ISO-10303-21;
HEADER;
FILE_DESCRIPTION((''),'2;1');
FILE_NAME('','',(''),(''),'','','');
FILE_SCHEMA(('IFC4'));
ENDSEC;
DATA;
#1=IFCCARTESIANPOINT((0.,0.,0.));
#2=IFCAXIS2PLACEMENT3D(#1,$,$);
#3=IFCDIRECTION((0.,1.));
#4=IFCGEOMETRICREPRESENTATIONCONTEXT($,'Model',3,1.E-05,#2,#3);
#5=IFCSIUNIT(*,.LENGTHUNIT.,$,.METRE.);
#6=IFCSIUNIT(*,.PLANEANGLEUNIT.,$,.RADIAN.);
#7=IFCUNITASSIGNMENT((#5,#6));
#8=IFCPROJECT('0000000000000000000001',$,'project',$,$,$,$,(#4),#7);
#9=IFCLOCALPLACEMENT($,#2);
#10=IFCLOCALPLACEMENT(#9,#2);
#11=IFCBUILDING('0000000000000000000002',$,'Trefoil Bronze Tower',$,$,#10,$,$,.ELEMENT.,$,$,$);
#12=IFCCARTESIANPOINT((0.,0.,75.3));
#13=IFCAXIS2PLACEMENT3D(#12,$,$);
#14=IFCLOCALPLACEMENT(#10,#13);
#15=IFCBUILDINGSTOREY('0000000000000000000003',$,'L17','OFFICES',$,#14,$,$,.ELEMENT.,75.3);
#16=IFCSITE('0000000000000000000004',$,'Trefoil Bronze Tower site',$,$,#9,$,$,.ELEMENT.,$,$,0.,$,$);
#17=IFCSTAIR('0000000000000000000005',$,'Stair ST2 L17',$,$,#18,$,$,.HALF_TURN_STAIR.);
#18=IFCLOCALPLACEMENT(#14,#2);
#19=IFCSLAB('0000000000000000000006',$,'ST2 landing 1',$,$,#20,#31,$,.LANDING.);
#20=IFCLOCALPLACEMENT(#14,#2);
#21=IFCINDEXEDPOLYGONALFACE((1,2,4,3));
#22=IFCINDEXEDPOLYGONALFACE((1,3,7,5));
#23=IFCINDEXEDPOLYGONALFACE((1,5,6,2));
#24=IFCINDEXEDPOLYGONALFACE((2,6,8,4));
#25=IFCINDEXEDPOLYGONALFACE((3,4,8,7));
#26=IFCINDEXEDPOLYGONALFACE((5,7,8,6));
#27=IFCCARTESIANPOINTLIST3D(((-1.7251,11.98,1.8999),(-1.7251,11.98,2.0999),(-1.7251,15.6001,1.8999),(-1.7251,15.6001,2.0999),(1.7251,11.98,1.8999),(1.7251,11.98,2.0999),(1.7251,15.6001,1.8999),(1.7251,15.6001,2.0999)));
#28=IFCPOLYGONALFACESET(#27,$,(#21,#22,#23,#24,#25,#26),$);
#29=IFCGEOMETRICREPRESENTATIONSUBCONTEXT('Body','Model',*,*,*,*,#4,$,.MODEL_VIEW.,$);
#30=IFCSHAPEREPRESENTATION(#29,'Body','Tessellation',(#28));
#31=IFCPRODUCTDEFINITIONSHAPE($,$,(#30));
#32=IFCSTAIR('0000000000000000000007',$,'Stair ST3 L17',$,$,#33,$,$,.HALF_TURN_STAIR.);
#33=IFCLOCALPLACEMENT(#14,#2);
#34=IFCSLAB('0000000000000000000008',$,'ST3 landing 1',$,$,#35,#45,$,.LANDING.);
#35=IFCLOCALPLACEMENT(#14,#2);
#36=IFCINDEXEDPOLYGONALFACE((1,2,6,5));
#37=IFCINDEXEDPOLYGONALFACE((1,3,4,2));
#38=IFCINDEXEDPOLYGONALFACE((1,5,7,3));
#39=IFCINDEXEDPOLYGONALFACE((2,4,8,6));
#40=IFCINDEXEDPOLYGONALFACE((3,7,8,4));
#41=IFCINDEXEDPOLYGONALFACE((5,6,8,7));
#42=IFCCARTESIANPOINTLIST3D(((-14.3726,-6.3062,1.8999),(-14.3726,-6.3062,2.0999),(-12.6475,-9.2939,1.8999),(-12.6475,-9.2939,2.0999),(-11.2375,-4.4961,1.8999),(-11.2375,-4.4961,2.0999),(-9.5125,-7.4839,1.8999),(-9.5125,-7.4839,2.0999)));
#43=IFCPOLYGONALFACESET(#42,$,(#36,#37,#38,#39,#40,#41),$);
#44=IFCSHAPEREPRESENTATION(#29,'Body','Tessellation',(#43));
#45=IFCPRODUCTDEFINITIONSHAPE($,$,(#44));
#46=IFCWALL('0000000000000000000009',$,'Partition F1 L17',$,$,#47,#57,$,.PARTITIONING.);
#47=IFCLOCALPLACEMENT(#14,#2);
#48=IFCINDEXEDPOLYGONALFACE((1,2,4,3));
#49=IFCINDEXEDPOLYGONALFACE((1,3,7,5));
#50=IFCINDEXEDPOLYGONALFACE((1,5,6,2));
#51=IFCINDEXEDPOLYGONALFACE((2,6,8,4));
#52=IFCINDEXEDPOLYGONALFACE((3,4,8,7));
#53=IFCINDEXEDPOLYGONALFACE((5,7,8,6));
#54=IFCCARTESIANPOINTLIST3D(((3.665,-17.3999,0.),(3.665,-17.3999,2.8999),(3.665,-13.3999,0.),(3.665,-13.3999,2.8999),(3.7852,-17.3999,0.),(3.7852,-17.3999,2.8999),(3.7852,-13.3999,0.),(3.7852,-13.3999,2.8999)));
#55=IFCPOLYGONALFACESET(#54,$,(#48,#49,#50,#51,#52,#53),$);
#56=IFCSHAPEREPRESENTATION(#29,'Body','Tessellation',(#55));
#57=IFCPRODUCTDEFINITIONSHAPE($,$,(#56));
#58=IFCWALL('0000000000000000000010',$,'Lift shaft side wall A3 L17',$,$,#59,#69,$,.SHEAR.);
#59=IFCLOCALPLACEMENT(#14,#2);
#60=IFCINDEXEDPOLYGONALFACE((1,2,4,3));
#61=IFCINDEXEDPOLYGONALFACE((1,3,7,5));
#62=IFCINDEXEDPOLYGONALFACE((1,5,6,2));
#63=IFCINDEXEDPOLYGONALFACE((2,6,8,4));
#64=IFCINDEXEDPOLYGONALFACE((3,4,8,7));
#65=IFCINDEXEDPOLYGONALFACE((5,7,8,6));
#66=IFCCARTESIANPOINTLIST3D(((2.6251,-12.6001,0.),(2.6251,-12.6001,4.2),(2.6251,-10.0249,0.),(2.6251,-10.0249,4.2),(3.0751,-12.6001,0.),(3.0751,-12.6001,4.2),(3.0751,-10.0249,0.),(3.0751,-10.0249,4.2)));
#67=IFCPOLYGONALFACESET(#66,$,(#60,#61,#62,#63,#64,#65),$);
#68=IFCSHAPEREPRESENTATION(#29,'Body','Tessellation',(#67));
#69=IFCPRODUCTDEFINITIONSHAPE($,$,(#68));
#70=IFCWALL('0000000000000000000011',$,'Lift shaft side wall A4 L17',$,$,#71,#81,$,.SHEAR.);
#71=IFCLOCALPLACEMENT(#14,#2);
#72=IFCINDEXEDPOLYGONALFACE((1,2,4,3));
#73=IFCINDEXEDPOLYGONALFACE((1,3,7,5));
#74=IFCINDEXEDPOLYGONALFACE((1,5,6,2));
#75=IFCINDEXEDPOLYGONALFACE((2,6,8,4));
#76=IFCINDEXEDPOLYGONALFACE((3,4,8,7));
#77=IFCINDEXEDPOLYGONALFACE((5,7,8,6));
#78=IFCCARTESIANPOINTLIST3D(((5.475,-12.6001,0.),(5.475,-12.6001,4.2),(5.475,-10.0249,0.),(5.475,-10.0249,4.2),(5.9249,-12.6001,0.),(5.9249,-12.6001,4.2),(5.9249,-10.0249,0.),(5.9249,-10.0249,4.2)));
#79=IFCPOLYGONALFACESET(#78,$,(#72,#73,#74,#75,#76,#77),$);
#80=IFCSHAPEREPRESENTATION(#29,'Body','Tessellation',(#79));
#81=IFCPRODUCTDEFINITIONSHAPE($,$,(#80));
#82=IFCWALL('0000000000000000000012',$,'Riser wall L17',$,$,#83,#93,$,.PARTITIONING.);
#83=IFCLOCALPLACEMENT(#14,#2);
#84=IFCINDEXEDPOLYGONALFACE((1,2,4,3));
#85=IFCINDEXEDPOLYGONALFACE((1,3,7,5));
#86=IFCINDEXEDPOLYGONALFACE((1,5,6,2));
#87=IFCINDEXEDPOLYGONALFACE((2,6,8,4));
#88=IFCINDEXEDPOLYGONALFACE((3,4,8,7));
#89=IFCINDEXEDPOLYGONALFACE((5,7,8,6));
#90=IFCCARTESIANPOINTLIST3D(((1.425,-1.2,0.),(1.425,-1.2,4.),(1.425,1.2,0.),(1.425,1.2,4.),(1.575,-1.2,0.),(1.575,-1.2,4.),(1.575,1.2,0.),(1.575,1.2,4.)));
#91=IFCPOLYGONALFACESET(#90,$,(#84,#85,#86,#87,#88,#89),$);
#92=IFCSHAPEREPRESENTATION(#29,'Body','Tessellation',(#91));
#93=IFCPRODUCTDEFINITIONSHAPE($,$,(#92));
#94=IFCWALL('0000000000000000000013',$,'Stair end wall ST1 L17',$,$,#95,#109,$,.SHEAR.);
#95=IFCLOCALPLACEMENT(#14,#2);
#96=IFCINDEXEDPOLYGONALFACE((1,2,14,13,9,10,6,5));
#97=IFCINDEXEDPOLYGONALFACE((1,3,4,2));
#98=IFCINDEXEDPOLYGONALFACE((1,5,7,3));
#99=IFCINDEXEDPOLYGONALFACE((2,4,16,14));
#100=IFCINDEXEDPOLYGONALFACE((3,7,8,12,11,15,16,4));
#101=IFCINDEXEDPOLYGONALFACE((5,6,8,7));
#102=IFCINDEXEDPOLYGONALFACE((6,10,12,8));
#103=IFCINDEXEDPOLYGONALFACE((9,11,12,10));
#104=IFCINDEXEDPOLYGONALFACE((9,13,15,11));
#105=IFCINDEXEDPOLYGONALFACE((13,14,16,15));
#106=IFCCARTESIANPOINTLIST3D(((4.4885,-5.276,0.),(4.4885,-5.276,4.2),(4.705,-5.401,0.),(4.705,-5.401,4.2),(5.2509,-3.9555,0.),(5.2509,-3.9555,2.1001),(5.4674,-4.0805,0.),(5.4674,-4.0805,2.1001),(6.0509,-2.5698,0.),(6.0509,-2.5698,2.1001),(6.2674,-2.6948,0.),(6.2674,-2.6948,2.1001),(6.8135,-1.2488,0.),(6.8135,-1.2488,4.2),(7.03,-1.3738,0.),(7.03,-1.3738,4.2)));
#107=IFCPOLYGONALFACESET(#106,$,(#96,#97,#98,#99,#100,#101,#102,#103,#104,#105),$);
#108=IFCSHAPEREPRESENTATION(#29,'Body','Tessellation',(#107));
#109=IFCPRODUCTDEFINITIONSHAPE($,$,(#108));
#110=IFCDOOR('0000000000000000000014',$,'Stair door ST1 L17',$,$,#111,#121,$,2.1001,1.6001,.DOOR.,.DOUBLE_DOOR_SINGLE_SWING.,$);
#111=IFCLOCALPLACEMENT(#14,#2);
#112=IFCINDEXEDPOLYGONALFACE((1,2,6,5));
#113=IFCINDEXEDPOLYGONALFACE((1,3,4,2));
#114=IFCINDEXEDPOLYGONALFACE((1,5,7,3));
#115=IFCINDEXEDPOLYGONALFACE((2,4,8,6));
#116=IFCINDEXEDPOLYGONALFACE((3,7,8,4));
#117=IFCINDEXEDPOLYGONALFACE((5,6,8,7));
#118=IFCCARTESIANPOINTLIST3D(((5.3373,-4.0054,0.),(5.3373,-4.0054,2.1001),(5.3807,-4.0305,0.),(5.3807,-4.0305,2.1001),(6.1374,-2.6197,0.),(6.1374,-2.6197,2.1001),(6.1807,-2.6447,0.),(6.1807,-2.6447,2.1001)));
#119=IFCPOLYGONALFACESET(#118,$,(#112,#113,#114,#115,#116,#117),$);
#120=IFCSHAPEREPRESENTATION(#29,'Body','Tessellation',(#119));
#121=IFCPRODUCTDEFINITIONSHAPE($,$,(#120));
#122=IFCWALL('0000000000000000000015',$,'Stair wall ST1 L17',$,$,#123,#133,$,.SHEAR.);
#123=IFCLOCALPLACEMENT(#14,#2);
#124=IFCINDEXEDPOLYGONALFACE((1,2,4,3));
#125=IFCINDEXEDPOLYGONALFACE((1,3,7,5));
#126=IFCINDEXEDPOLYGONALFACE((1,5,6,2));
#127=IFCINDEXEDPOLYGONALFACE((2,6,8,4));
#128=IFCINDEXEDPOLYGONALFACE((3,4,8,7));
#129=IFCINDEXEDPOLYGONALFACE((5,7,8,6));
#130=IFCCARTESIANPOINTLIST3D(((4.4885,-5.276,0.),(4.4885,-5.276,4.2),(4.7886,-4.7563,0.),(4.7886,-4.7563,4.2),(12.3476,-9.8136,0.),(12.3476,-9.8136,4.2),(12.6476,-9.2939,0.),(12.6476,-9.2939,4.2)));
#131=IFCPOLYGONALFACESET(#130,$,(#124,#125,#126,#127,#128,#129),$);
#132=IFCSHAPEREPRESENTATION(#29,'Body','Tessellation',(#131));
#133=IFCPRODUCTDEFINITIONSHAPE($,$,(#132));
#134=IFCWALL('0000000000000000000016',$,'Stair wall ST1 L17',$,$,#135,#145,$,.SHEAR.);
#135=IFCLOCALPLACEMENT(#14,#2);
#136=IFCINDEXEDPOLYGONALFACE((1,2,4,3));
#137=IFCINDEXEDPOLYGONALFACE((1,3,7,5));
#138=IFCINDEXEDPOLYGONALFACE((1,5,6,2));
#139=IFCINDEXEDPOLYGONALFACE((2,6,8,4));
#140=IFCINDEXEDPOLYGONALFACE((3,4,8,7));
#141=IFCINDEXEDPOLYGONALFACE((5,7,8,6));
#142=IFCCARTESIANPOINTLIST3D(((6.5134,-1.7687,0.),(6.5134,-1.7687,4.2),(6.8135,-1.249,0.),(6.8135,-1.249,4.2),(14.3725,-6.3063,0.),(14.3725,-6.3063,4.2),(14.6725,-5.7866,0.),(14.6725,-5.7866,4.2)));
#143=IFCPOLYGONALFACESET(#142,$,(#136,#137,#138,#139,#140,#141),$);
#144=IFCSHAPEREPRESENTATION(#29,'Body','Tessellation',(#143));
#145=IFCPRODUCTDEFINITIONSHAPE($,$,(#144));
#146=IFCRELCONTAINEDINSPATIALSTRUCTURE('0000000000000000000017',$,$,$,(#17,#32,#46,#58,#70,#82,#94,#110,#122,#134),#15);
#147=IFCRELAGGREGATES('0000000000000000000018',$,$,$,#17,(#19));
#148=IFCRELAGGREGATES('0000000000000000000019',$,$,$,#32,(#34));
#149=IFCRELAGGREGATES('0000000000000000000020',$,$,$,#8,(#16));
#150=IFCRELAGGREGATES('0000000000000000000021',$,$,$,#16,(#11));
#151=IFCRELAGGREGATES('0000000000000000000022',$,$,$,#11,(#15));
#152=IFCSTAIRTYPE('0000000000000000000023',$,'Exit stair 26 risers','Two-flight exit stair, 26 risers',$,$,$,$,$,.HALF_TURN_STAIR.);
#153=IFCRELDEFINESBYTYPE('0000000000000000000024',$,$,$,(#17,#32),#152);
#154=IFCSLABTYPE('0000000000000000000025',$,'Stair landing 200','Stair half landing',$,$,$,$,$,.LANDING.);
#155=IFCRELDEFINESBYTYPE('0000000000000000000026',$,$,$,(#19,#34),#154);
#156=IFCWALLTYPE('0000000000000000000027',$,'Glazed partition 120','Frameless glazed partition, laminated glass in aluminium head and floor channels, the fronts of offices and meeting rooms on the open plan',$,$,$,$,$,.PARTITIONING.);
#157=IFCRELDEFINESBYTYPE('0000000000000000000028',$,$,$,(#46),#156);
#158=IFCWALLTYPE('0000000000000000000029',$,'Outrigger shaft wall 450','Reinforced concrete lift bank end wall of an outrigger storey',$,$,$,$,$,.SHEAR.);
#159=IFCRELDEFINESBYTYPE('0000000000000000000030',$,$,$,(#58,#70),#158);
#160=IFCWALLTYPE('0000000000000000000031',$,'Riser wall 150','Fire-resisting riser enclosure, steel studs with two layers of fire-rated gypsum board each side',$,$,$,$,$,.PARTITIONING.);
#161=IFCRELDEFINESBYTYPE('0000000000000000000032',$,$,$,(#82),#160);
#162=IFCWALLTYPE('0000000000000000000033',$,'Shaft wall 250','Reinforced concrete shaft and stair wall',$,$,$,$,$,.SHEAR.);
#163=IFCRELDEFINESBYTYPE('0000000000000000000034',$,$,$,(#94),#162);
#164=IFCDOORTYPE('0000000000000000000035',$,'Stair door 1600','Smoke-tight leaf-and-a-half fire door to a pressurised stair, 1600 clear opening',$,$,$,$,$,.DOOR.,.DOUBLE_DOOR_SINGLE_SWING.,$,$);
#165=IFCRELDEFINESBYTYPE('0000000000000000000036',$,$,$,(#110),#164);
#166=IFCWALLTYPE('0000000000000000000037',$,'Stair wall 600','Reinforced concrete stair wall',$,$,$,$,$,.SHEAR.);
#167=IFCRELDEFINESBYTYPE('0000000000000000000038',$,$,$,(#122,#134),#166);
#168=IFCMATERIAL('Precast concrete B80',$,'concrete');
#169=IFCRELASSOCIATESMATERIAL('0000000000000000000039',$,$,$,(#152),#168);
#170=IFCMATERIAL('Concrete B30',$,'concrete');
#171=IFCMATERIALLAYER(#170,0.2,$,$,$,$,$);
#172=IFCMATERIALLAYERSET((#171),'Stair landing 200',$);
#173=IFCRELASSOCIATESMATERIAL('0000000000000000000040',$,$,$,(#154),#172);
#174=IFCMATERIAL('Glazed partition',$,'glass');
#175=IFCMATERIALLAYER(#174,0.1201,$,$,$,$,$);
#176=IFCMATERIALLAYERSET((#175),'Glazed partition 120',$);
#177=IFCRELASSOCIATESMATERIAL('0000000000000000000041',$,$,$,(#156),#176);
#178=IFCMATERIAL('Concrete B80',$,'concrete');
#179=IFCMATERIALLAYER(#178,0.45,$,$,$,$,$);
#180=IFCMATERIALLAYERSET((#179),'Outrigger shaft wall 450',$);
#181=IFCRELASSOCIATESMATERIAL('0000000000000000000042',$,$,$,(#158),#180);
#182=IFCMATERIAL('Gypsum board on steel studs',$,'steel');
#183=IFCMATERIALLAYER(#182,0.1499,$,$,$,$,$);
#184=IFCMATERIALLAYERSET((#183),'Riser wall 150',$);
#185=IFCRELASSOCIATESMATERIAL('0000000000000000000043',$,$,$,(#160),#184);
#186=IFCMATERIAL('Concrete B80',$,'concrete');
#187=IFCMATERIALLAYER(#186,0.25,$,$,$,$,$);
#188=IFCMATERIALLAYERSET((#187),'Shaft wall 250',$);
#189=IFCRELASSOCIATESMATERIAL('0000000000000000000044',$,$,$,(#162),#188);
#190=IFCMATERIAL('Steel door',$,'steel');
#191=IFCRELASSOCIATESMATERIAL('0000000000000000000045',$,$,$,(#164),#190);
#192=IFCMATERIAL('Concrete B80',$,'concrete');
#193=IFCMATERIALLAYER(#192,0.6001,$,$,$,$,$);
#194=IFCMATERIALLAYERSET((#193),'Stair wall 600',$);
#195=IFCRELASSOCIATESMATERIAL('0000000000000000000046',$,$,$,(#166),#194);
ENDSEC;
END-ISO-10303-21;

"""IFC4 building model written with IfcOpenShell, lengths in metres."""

from ifc_helpers import new_model, si_unit, direction, frame, frame_2d, origin, place, context, subcontext, project, spatial, polyline, rectangle, outline, extrude, material, layer, layer_set, type_object, element, fill, aggregate, save


model = new_model("IFC4")

# Units and contexts
model_context = context("Model", 3, precision=1e-05, world=origin(), true_north=direction((0.0, 1.0)))
body_context = subcontext(model_context, "Body", "Model", "MODEL_VIEW")
ifc_project = project(units=[si_unit("LENGTHUNIT", "METRE"), si_unit("PLANEANGLEUNIT", "RADIAN")], contexts=[model_context])

# Site, building, storey
site_placement = place(None, origin())
site = spatial("IfcSite", under=ifc_project, at=site_placement, Name="Trefoil Bronze Tower site", CompositionType="ELEMENT", RefElevation=0.0)
building_placement = place(site_placement, origin())
building = spatial("IfcBuilding", under=site, at=building_placement, Name="Trefoil Bronze Tower", CompositionType="ELEMENT")
storey_placement = place(building_placement, frame((0.0, 0.0, 75.3)))
storey = spatial("IfcBuildingStorey", under=building, at=storey_placement, Name="L17", Description="OFFICES", CompositionType="ELEMENT", Elevation=75.3)

# Stairs, slabs
ifc_material_1 = material(Name="Precast concrete B80", Category="concrete")
stair_type = type_object("IfcStairType", Name="Exit stair 26 risers", Description="Two-flight exit stair, 26 risers", PredefinedType="HALF_TURN_STAIR", material=ifc_material_1)
stair_1_placement = place(storey_placement, origin())
stair_1 = element("IfcStair", 1, at=stair_1_placement, inside=storey, type_object=stair_type, Name="Stair ST2 L17", PredefinedType="HALF_TURN_STAIR")
ifc_material_2 = material(Name="Concrete B30", Category="concrete")
ifc_layer_1 = layer(ifc_material_2, 0.2)
ifc_layer_set_1 = layer_set([ifc_layer_1], Name="Stair landing 200")
slab_type = type_object("IfcSlabType", Name="Stair landing 200", Description="Stair half landing", PredefinedType="LANDING", material=ifc_layer_set_1)
slab_1_placement = place(storey_placement, frame((0.0, 0.0, 1.8999)))
slab_1 = element("IfcSlab", 2, at=slab_1_placement, type_object=slab_type, Name="ST2 landing 1", PredefinedType="LANDING", context=body_context, shape_type="SweptSolid", body=[
    extrude(outline(polyline([(1.7251, 11.98), (1.7251, 15.6001), (-1.7251, 15.6001), (-1.7251, 11.98), (1.7251, 11.98)])), origin(), (0.0, 0.0, 1.0), 0.2),
])
aggregate(stair_1, [slab_1])
stair_2_placement = place(storey_placement, origin())
stair_2 = element("IfcStair", 3, at=stair_2_placement, inside=storey, type_object=stair_type, Name="Stair ST3 L17", PredefinedType="HALF_TURN_STAIR")
slab_2_placement = place(storey_placement, frame((0.0, 0.0, 1.8999)))
slab_2 = element("IfcSlab", 4, at=slab_2_placement, type_object=slab_type, Name="ST3 landing 1", PredefinedType="LANDING", context=body_context, shape_type="SweptSolid", body=[
    extrude(outline(polyline([(-11.2375, -4.4961), (-14.3726, -6.3062), (-12.6475, -9.2939), (-9.5125, -7.4839), (-11.2375, -4.4961)])), origin(), (0.0, 0.0, 1.0), 0.2),
])
aggregate(stair_2, [slab_2])

# Walls
ifc_material_3 = material(Name="Glazed partition", Category="glass")
ifc_layer_2 = layer(ifc_material_3, 0.1201)
ifc_layer_set_2 = layer_set([ifc_layer_2], Name="Glazed partition 120")
wall_type_1 = type_object("IfcWallType", Name="Glazed partition 120", Description="Frameless glazed partition, laminated glass in aluminium head and floor channels, the fronts of offices and meeting rooms on the open plan", PredefinedType="PARTITIONING", material=ifc_layer_set_2)
wall_1_placement = place(storey_placement, frame((3.7251, -13.3999, 0.0), z_axis=(0.0, 0.0, 1.0), x_axis=(0.0, -1.0, 0.0)))
element("IfcWall", 5, at=wall_1_placement, inside=storey, type_object=wall_type_1, Name="Partition F1 L17", PredefinedType="PARTITIONING", context=body_context, shape_type="SweptSolid", body=[
    extrude(rectangle(XDim=4.0, YDim=0.1201, at=frame_2d((2.0, 0.0))), origin(), (0.0, 0.0, 1.0), 2.8999),
])
ifc_material_4 = material(Name="Concrete B80", Category="concrete")
ifc_layer_3 = layer(ifc_material_4, 0.45)
ifc_layer_set_3 = layer_set([ifc_layer_3], Name="Outrigger shaft wall 450")
wall_type_2 = type_object("IfcWallType", Name="Outrigger shaft wall 450", Description="Reinforced concrete lift bank end wall of an outrigger storey", PredefinedType="SHEAR", material=ifc_layer_set_3)
for number, where, z_axis, x_axis, name in (
    (6, (2.8501, -10.0249, 0.0), (0.0, 0.0, 1.0), (0.0, -1.0, 0.0), "Lift shaft side wall A3 L17"),
    (7, (5.7, -10.0249, 0.0), (0.0, 0.0, 1.0), (0.0, -1.0, 0.0), "Lift shaft side wall A4 L17"),
):
    element("IfcWall", number, at=place(storey_placement, frame(where, z_axis=z_axis, x_axis=x_axis)), inside=storey, type_object=wall_type_2, Name=name, PredefinedType="SHEAR", context=body_context, shape_type="SweptSolid", body=[
        extrude(rectangle(XDim=2.5752, YDim=0.45, at=frame_2d((1.2876, 0.0))), origin(), (0.0, 0.0, 1.0), 4.2),
    ])
ifc_material_5 = material(Name="Gypsum board on steel studs", Category="steel")
ifc_layer_4 = layer(ifc_material_5, 0.1499)
ifc_layer_set_4 = layer_set([ifc_layer_4], Name="Riser wall 150")
wall_type_3 = type_object("IfcWallType", Name="Riser wall 150", Description="Fire-resisting riser enclosure, steel studs with two layers of fire-rated gypsum board each side", PredefinedType="PARTITIONING", material=ifc_layer_set_4)
wall_2_placement = place(storey_placement, frame((1.5, -1.2, 0.0), z_axis=(0.0, 0.0, 1.0), x_axis=(0.0, 1.0, 0.0)))
element("IfcWall", 8, at=wall_2_placement, inside=storey, type_object=wall_type_3, Name="Riser wall L17", PredefinedType="PARTITIONING", context=body_context, shape_type="SweptSolid", body=[
    extrude(rectangle(XDim=2.3999, YDim=0.1499, at=frame_2d((1.2, 0.0))), origin(), (0.0, 0.0, 1.0), 4.0),
])

# Wall, opening, door
ifc_material_6 = material(Name="Concrete B80", Category="concrete")
ifc_layer_5 = layer(ifc_material_6, 0.25)
ifc_layer_set_5 = layer_set([ifc_layer_5], Name="Shaft wall 250")
wall_type_4 = type_object("IfcWallType", Name="Shaft wall 250", Description="Reinforced concrete shaft and stair wall", PredefinedType="SHEAR", material=ifc_layer_set_5)
wall_3_placement = place(storey_placement, frame((4.5967, -5.3386, 0.0), z_axis=(0.0, 0.0, 1.0), x_axis=(0.499985, 0.866034, 0.0)))
wall_3 = element("IfcWall", 9, at=wall_3_placement, inside=storey, type_object=wall_type_4, Name="Stair end wall ST1 L17", PredefinedType="SHEAR", context=body_context, shape_type="SweptSolid", body=[
    extrude(rectangle(XDim=4.6501, YDim=0.25, at=frame_2d((2.3252, 0.0))), origin(), (0.0, 0.0, 1.0), 4.2),
])
opening_placement = place(wall_3_placement, frame((1.5249, 0.0, 0.0)))
opening = element("IfcOpeningElement", 10, at=opening_placement, cuts=wall_3, PredefinedType="OPENING", context=body_context, shape_type="SweptSolid", body=[
    extrude(rectangle(XDim=1.6001, YDim=2.1001, at=frame_2d((0.8, 1.05))), frame((0.0, 0.135, 0.0), z_axis=(0.0, -1.0, 0.0), x_axis=(1.0, 0.0, 0.0)), (0.0, 0.0, 1.0), 0.27),
])
ifc_material_7 = material(Name="Steel door", Category="steel")
door_type = type_object("IfcDoorType", Name="Stair door 1600", Description="Smoke-tight leaf-and-a-half fire door to a pressurised stair, 1600 clear opening", OperationType="DOUBLE_DOOR_SINGLE_SWING", PredefinedType="DOOR", material=ifc_material_7)
door_placement = place(opening_placement, frame((1.6001, 0.0, 0.0), z_axis=(0.0, 0.0, 1.0), x_axis=(-1.0, 0.0, 0.0)))
door = element("IfcDoor", 11, at=door_placement, inside=storey, type_object=door_type, Name="Stair door ST1 L17", OperationType="DOUBLE_DOOR_SINGLE_SWING", OverallHeight=2.1001, OverallWidth=1.6001, PredefinedType="DOOR", context=body_context, shape_type="SweptSolid", body=[
    extrude(rectangle(XDim=1.6001, YDim=2.1001, at=frame_2d((0.8, 1.05))), frame((0.0, 0.0249, 0.0), z_axis=(0.0, -1.0, 0.0), x_axis=(1.0, 0.0, 0.0)), (0.0, 0.0, 1.0), 0.05),
])
fill(opening, door)

# Walls
ifc_material_8 = material(Name="Concrete B80", Category="concrete")
ifc_layer_6 = layer(ifc_material_8, 0.6001)
ifc_layer_set_6 = layer_set([ifc_layer_6], Name="Stair wall 600")
wall_type_5 = type_object("IfcWallType", Name="Stair wall 600", Description="Reinforced concrete stair wall", PredefinedType="SHEAR", material=ifc_layer_set_6)
for number, where, z_axis, x_axis, name in (
    (12, (4.6384, -5.0161, 0.0), (0.0, 0.0, 1.0), (0.866019, -0.50001, 0.0), "Stair wall ST1 L17"),
    (13, (6.6633, -1.5088, 0.0), (0.0, 0.0, 1.0), (0.866019, -0.50001, 0.0), "Stair wall ST1 L17"),
):
    element("IfcWall", number, at=place(storey_placement, frame(where, z_axis=z_axis, x_axis=x_axis)), inside=storey, type_object=wall_type_5, Name=name, PredefinedType="SHEAR", context=body_context, shape_type="SweptSolid", body=[
        extrude(rectangle(XDim=9.075, YDim=0.6001, at=frame_2d((4.5376, 0.0))), origin(), (0.0, 0.0, 1.0), 4.2),
    ])

save(model, "model.ifc")
